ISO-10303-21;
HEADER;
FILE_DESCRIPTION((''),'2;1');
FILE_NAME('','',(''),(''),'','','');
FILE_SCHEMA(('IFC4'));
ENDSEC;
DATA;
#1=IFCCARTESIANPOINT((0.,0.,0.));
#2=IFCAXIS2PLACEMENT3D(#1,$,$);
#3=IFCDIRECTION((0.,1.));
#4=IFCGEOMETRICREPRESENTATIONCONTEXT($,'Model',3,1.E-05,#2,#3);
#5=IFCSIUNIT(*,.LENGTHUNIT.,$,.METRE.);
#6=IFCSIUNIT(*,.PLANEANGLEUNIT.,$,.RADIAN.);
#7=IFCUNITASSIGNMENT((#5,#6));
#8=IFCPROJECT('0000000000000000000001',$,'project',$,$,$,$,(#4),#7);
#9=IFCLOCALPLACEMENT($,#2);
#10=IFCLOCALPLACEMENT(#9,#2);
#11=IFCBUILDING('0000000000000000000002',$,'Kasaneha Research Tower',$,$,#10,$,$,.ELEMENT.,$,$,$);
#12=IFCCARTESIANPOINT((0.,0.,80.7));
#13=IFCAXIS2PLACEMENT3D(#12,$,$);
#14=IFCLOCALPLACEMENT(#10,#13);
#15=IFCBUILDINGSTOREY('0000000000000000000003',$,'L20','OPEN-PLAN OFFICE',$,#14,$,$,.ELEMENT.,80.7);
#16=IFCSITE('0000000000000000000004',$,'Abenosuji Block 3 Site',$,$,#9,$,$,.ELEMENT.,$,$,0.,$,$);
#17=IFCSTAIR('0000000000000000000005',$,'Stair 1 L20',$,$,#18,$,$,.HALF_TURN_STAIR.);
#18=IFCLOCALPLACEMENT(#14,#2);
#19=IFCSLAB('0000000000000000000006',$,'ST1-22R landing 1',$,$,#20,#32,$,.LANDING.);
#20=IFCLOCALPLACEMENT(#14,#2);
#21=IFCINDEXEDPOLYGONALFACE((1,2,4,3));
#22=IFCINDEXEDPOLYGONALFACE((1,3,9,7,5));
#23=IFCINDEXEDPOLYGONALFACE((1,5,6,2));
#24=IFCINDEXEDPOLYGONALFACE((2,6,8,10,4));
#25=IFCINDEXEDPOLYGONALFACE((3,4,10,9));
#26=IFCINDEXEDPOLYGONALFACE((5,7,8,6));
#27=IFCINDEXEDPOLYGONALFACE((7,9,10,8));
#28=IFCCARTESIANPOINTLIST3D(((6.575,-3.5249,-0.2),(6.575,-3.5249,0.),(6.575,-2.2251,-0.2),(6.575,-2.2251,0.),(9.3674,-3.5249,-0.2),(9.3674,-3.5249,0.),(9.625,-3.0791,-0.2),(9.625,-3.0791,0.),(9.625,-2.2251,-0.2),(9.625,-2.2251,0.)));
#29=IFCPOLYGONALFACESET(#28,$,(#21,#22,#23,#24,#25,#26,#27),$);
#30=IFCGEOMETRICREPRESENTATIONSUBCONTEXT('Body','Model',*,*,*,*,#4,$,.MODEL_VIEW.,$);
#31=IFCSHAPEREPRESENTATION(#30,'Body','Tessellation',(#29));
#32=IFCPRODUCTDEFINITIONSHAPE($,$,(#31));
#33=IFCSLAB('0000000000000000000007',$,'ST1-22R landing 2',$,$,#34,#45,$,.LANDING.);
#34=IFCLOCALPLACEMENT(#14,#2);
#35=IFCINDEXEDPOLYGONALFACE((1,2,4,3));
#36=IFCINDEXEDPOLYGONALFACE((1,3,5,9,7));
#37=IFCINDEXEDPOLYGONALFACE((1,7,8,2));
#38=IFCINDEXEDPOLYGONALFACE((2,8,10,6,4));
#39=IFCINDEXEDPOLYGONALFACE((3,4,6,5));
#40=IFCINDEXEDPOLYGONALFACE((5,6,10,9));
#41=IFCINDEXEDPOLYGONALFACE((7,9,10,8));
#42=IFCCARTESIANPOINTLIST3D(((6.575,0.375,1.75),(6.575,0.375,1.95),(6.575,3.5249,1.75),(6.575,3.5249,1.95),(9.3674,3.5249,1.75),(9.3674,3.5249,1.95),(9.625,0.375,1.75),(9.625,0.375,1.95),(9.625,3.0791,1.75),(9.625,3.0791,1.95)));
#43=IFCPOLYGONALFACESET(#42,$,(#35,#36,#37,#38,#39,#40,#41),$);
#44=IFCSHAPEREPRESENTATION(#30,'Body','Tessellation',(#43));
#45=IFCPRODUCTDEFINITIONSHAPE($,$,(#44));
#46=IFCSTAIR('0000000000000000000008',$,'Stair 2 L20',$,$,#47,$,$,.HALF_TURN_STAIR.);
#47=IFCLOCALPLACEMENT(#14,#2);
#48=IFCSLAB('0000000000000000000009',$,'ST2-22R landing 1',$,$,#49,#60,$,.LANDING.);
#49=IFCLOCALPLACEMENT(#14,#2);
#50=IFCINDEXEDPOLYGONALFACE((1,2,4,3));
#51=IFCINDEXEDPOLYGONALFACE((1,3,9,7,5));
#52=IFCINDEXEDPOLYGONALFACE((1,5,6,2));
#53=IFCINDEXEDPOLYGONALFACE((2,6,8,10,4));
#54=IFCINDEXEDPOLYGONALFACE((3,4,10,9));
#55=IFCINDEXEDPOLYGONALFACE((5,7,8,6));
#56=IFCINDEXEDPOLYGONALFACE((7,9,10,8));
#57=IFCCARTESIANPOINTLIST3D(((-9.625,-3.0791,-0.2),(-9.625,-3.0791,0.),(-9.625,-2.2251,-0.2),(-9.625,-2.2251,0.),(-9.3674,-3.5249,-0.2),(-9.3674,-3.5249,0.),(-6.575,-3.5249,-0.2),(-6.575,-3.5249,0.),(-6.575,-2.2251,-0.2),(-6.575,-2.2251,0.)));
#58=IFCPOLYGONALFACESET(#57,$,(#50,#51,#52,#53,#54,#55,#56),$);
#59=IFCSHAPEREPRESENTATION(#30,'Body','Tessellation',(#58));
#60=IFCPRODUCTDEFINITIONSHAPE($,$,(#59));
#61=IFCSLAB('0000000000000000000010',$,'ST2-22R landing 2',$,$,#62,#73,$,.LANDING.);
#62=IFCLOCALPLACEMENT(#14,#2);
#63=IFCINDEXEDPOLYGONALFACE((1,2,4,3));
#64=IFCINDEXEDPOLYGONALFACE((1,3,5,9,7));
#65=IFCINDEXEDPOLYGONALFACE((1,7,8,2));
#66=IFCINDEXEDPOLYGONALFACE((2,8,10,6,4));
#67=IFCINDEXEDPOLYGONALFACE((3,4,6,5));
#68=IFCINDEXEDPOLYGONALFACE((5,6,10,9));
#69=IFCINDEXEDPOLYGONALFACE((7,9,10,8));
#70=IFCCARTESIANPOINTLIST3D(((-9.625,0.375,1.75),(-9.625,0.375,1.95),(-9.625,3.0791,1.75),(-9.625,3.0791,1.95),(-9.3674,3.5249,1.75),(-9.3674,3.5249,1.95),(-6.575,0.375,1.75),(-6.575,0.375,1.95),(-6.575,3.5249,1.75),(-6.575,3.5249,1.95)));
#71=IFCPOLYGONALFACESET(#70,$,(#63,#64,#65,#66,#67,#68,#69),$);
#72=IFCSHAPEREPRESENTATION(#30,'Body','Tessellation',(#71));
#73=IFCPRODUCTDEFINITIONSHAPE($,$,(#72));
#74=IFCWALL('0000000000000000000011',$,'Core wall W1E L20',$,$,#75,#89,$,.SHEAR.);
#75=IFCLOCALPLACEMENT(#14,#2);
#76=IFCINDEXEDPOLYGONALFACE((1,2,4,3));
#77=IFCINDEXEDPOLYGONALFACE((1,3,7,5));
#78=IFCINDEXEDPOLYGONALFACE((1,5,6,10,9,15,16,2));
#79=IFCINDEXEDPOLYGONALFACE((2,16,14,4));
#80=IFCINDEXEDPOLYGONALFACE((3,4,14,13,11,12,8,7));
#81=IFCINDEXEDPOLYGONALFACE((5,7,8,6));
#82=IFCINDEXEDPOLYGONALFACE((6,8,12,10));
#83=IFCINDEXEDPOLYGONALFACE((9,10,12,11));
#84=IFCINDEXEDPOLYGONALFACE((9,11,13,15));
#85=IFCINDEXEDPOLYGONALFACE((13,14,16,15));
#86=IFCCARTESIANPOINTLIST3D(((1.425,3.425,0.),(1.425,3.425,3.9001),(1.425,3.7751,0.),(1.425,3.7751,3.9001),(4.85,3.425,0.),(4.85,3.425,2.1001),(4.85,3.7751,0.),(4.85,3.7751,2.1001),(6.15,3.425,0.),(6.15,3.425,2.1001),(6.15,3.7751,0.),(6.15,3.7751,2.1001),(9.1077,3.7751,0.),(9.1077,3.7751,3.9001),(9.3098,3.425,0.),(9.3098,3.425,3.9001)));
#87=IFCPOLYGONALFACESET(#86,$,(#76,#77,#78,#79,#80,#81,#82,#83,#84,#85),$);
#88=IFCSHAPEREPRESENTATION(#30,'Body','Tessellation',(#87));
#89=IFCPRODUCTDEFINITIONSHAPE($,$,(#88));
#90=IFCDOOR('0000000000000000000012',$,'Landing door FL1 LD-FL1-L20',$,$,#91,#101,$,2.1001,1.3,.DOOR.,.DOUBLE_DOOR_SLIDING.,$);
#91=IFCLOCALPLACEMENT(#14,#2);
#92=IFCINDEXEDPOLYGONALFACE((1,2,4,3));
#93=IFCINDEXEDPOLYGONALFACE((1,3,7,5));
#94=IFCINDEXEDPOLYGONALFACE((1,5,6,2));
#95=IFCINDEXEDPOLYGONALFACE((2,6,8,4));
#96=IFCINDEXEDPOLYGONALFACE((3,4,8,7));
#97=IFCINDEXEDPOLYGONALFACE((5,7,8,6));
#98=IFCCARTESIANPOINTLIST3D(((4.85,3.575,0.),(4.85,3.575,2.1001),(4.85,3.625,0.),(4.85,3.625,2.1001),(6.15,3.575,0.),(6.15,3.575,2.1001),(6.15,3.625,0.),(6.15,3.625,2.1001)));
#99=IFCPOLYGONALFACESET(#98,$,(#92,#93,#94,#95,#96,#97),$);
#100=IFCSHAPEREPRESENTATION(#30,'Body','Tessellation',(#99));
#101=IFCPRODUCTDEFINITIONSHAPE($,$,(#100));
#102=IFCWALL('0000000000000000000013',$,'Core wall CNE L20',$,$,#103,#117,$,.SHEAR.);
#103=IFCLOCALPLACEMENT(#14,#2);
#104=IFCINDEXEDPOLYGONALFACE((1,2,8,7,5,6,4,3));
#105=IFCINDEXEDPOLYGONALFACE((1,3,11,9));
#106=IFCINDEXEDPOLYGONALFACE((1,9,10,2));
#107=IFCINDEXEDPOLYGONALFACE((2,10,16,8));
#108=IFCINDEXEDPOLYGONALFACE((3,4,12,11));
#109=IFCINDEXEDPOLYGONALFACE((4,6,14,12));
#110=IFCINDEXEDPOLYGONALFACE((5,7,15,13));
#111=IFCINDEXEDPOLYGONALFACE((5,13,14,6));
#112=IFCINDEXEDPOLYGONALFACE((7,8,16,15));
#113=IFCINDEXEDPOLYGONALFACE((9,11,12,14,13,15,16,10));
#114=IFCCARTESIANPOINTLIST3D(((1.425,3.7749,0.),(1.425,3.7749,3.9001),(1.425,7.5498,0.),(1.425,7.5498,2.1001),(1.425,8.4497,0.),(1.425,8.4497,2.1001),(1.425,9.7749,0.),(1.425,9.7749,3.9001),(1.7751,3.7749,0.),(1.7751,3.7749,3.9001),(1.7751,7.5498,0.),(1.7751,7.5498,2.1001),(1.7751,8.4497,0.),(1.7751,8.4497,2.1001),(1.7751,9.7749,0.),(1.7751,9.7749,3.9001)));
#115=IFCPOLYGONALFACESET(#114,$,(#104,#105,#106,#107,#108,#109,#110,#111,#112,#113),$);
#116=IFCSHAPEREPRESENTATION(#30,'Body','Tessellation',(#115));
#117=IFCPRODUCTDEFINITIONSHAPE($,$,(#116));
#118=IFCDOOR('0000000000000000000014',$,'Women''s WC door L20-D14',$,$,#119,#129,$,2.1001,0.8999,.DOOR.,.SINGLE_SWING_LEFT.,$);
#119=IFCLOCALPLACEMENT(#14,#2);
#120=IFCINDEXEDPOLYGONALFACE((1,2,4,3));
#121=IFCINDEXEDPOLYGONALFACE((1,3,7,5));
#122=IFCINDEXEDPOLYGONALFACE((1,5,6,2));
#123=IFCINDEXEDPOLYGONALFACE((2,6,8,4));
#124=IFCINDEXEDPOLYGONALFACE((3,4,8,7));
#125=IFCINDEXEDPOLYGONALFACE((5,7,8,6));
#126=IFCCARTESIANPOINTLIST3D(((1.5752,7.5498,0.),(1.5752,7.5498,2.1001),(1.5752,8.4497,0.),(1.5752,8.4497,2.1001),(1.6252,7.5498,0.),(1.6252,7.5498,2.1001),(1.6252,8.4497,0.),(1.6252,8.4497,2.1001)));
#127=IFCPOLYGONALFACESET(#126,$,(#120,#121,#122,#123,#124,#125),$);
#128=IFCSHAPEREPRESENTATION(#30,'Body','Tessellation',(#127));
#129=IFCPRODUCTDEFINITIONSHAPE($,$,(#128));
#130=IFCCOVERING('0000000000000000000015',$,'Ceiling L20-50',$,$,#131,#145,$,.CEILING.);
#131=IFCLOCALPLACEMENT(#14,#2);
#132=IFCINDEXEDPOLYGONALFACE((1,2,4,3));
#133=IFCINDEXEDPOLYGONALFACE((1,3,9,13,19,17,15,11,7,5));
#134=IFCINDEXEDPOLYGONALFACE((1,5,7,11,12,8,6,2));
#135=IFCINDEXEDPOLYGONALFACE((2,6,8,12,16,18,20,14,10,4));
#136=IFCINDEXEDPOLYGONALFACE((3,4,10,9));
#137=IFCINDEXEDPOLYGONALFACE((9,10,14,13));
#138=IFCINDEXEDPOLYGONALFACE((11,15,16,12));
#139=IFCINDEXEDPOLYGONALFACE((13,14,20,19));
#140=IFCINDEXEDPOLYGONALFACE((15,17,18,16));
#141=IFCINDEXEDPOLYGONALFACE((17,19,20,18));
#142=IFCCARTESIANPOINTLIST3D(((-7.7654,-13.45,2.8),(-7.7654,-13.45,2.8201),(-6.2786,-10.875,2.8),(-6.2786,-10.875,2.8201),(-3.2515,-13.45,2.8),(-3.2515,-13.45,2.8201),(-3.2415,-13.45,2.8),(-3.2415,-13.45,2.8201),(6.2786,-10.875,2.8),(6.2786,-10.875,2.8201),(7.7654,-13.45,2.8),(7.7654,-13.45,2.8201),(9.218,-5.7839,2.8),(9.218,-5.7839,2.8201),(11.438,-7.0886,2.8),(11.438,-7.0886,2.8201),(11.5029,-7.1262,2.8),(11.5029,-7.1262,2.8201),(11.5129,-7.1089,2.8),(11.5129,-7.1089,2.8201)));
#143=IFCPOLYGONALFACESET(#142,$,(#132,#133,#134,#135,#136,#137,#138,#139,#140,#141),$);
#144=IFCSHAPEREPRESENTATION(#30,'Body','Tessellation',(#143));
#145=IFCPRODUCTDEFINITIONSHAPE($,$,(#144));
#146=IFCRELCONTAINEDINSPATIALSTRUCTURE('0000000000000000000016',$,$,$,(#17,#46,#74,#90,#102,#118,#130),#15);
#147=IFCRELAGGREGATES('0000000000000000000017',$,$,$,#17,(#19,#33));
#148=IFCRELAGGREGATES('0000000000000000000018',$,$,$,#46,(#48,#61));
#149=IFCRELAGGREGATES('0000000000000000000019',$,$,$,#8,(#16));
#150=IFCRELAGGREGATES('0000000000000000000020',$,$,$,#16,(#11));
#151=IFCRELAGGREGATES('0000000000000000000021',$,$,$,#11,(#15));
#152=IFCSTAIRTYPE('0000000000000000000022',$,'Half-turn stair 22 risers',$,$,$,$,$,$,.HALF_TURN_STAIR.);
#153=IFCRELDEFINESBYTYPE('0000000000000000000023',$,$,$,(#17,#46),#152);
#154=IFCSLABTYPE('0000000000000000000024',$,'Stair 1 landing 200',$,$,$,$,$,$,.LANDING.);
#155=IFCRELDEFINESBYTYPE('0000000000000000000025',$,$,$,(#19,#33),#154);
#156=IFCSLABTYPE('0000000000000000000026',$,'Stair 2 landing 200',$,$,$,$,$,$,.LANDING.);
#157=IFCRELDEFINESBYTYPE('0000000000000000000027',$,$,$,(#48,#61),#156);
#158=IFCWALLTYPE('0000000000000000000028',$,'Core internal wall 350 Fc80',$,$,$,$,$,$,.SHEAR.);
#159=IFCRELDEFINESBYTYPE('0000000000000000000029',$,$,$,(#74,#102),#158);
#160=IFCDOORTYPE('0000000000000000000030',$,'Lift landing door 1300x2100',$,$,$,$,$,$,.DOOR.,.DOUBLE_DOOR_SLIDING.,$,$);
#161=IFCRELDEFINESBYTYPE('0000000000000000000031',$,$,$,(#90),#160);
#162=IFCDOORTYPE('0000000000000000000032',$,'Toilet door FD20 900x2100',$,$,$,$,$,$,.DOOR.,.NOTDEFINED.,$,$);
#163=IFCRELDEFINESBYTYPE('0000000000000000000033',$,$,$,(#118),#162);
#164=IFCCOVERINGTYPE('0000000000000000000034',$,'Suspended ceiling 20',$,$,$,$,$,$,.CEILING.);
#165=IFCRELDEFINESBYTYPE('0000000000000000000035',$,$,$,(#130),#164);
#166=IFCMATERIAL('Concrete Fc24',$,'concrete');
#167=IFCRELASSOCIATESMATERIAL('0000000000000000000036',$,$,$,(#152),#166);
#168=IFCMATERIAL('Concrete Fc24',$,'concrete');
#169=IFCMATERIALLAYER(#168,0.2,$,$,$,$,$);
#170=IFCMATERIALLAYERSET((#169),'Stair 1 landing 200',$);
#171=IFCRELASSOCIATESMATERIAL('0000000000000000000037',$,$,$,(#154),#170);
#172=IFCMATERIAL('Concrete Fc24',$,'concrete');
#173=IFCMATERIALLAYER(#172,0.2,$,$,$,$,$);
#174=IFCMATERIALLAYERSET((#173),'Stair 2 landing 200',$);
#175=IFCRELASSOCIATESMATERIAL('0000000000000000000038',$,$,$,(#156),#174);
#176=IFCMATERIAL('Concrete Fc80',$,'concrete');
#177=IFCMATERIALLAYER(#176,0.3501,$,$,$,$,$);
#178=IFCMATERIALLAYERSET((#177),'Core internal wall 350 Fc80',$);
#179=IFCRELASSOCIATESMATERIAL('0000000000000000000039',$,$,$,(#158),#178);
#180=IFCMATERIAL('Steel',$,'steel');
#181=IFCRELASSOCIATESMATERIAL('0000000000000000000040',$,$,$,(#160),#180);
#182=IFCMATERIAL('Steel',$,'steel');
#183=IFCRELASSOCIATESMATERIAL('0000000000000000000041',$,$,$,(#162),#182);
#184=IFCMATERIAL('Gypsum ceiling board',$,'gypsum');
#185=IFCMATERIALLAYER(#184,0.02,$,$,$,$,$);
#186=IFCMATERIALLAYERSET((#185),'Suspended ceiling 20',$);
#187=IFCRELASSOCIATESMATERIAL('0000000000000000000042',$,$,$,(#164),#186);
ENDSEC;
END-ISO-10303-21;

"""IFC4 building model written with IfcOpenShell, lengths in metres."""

from ifc_helpers import new_model, si_unit, direction, frame, frame_2d, origin, place, context, subcontext, project, spatial, polyline, rectangle, outline, extrude, material, layer, layer_set, type_object, element, fill, aggregate, save


model = new_model("IFC4")

# Units and contexts
model_context = context("Model", 3, precision=1e-05, world=origin(), true_north=direction((0.0, 1.0)))
body_context = subcontext(model_context, "Body", "Model", "MODEL_VIEW")
ifc_project = project(units=[si_unit("LENGTHUNIT", "METRE"), si_unit("PLANEANGLEUNIT", "RADIAN")], contexts=[model_context])

# Site, building, storey
site_placement = place(None, origin())
site = spatial("IfcSite", under=ifc_project, at=site_placement, Name="Abenosuji Block 3 Site", CompositionType="ELEMENT", RefElevation=0.0)
building_placement = place(site_placement, origin())
building = spatial("IfcBuilding", under=site, at=building_placement, Name="Kasaneha Research Tower", CompositionType="ELEMENT")
storey_placement = place(building_placement, frame((0.0, 0.0, 80.7)))
storey = spatial("IfcBuildingStorey", under=building, at=storey_placement, Name="L20", Description="OPEN-PLAN OFFICE", CompositionType="ELEMENT", Elevation=80.7)

# Stairs, slabs
ifc_material_1 = material(Name="Concrete Fc24", Category="concrete")
stair_type = type_object("IfcStairType", Name="Half-turn stair 22 risers", PredefinedType="HALF_TURN_STAIR", material=ifc_material_1)
stair_1_placement = place(storey_placement, origin())
stair_1 = element("IfcStair", 1, at=stair_1_placement, inside=storey, type_object=stair_type, Name="Stair 1 L20", PredefinedType="HALF_TURN_STAIR")
ifc_material_2 = material(Name="Concrete Fc24", Category="concrete")
ifc_layer_1 = layer(ifc_material_2, 0.2)
ifc_layer_set_1 = layer_set([ifc_layer_1], Name="Stair 1 landing 200")
slab_type_1 = type_object("IfcSlabType", Name="Stair 1 landing 200", PredefinedType="LANDING", material=ifc_layer_set_1)
slab_1_placement = place(storey_placement, frame((0.0, 0.0, -0.2)))
slab_1 = element("IfcSlab", 2, at=slab_1_placement, type_object=slab_type_1, Name="ST1-22R landing 1", PredefinedType="LANDING", context=body_context, shape_type="SweptSolid", body=[
    extrude(outline(polyline([(9.3674, -3.5249), (6.575, -3.5249), (6.575, -2.2251), (9.625, -2.2251), (9.625, -3.0791), (9.3674, -3.5249)])), origin(), (0.0, 0.0, 1.0), 0.2),
])
slab_2_placement = place(storey_placement, frame((0.0, 0.0, 1.75)))
slab_2 = element("IfcSlab", 3, at=slab_2_placement, type_object=slab_type_1, Name="ST1-22R landing 2", PredefinedType="LANDING", context=body_context, shape_type="SweptSolid", body=[
    extrude(outline(polyline([(6.575, 3.5249), (9.3674, 3.5249), (9.625, 3.0791), (9.625, 0.375), (6.575, 0.375), (6.575, 3.5249)])), origin(), (0.0, 0.0, 1.0), 0.2),
])
aggregate(stair_1, [slab_1, slab_2])
stair_2_placement = place(storey_placement, origin())
stair_2 = element("IfcStair", 4, at=stair_2_placement, inside=storey, type_object=stair_type, Name="Stair 2 L20", PredefinedType="HALF_TURN_STAIR")
ifc_material_3 = material(Name="Concrete Fc24", Category="concrete")
ifc_layer_2 = layer(ifc_material_3, 0.2)
ifc_layer_set_2 = layer_set([ifc_layer_2], Name="Stair 2 landing 200")
slab_type_2 = type_object("IfcSlabType", Name="Stair 2 landing 200", PredefinedType="LANDING", material=ifc_layer_set_2)
slab_3_placement = place(storey_placement, frame((0.0, 0.0, -0.2)))
slab_3 = element("IfcSlab", 5, at=slab_3_placement, type_object=slab_type_2, Name="ST2-22R landing 1", PredefinedType="LANDING", context=body_context, shape_type="SweptSolid", body=[
    extrude(outline(polyline([(-6.575, -3.5249), (-9.3674, -3.5249), (-9.625, -3.0791), (-9.625, -2.2251), (-6.575, -2.2251), (-6.575, -3.5249)])), origin(), (0.0, 0.0, 1.0), 0.2),
])
slab_4_placement = place(storey_placement, frame((0.0, 0.0, 1.75)))
slab_4 = element("IfcSlab", 6, at=slab_4_placement, type_object=slab_type_2, Name="ST2-22R landing 2", PredefinedType="LANDING", context=body_context, shape_type="SweptSolid", body=[
    extrude(outline(polyline([(-6.575, 0.375), (-9.625, 0.375), (-9.625, 3.0791), (-9.3674, 3.5249), (-6.575, 3.5249), (-6.575, 0.375)])), origin(), (0.0, 0.0, 1.0), 0.2),
])
aggregate(stair_2, [slab_3, slab_4])

# Walls, openings, doors
ifc_material_4 = material(Name="Concrete Fc80", Category="concrete")
ifc_layer_3 = layer(ifc_material_4, 0.3501)
ifc_layer_set_3 = layer_set([ifc_layer_3], Name="Core internal wall 350 Fc80")
wall_type = type_object("IfcWallType", Name="Core internal wall 350 Fc80", PredefinedType="SHEAR", material=ifc_layer_set_3)
wall_1_placement = place(storey_placement, frame((1.425, 3.6001, 0.0), z_axis=(0.0, 0.0, 1.0), x_axis=(1.0, 0.0, 0.0)))
wall_1 = element("IfcWall", 7, at=wall_1_placement, inside=storey, type_object=wall_type, Name="Core wall W1E L20", PredefinedType="SHEAR", context=body_context, shape_type="SweptSolid", body=[
    extrude(outline(polyline([(0.0, -0.175), (3.425, -0.175), (4.7251, -0.175), (7.8848, -0.175), (7.6826, 0.175), (4.7251, 0.175), (3.425, 0.175), (0.0, 0.175), (0.0, -0.175)])), origin(), (0.0, 0.0, 1.0), 3.9001),
])
opening_1_placement = place(wall_1_placement, frame((3.425, 0.0, 0.0)))
opening_1 = element("IfcOpeningElement", 8, at=opening_1_placement, cuts=wall_1, PredefinedType="OPENING", context=body_context, shape_type="SweptSolid", body=[
    extrude(rectangle(XDim=1.3, YDim=2.1001, at=frame_2d((0.6499, 1.05))), frame((0.0, 0.1851, 0.0), z_axis=(0.0, -1.0, 0.0), x_axis=(1.0, 0.0, 0.0)), (0.0, 0.0, 1.0), 0.3701),
])
ifc_material_5 = material(Name="Steel", Category="steel")
door_type_1 = type_object("IfcDoorType", Name="Lift landing door 1300x2100", OperationType="DOUBLE_DOOR_SLIDING", PredefinedType="DOOR", material=ifc_material_5)
door_1_placement = place(opening_1_placement, origin())
door_1 = element("IfcDoor", 9, at=door_1_placement, inside=storey, type_object=door_type_1, Name="Landing door FL1 LD-FL1-L20", OperationType="DOUBLE_DOOR_SLIDING", OverallHeight=2.1001, OverallWidth=1.3, PredefinedType="DOOR", context=body_context, shape_type="SweptSolid", body=[
    extrude(rectangle(XDim=1.3, YDim=2.1001, at=frame_2d((0.6499, 1.05))), frame((0.0, 0.0249, 0.0), z_axis=(0.0, -1.0, 0.0), x_axis=(1.0, 0.0, 0.0)), (0.0, 0.0, 1.0), 0.05),
])
fill(opening_1, door_1)
wall_2_placement = place(storey_placement, frame((1.6001, 3.7749, 0.0), z_axis=(0.0, 0.0, 1.0), x_axis=(0.0, 1.0, 0.0)))
wall_2 = element("IfcWall", 10, at=wall_2_placement, inside=storey, type_object=wall_type, Name="Core wall CNE L20", PredefinedType="SHEAR", context=body_context, shape_type="SweptSolid", body=[
    extrude(rectangle(XDim=6.0, YDim=0.3501, at=frame_2d((3.0, 0.0))), origin(), (0.0, 0.0, 1.0), 3.9001),
])
opening_2_placement = place(wall_2_placement, frame((3.7749, 0.0, 0.0)))
opening_2 = element("IfcOpeningElement", 11, at=opening_2_placement, cuts=wall_2, PredefinedType="OPENING", context=body_context, shape_type="SweptSolid", body=[
    extrude(rectangle(XDim=0.8999, YDim=2.1001, at=frame_2d((0.45, 1.05))), frame((0.0, 0.1851, 0.0), z_axis=(0.0, -1.0, 0.0), x_axis=(1.0, 0.0, 0.0)), (0.0, 0.0, 1.0), 0.3701),
])
ifc_material_6 = material(Name="Steel", Category="steel")
door_type_2 = type_object("IfcDoorType", Name="Toilet door FD20 900x2100", OperationType="NOTDEFINED", PredefinedType="DOOR", material=ifc_material_6)
door_2_placement = place(opening_2_placement, origin())
door_2 = element("IfcDoor", 12, at=door_2_placement, inside=storey, type_object=door_type_2, Name="Women's WC door L20-D14", OperationType="SINGLE_SWING_LEFT", OverallHeight=2.1001, OverallWidth=0.8999, PredefinedType="DOOR", context=body_context, shape_type="SweptSolid", body=[
    extrude(rectangle(XDim=0.8999, YDim=2.1001, at=frame_2d((0.45, 1.05))), frame((0.0, 0.0249, 0.0), z_axis=(0.0, -1.0, 0.0), x_axis=(1.0, 0.0, 0.0)), (0.0, 0.0, 1.0), 0.05),
])
fill(opening_2, door_2)

# Covering
ifc_material_7 = material(Name="Gypsum ceiling board", Category="gypsum")
ifc_layer_4 = layer(ifc_material_7, 0.02)
ifc_layer_set_4 = layer_set([ifc_layer_4], Name="Suspended ceiling 20")
covering_type_1 = type_object("IfcCoveringType", Name="Suspended ceiling 20", PredefinedType="CEILING", material=ifc_layer_set_4)
covering_1_placement = place(storey_placement, frame((0.0, 0.0, 2.8)))
element("IfcCovering", 13, at=covering_1_placement, inside=storey, type_object=covering_type_1, Name="Ceiling L20-50", PredefinedType="CEILING", context=body_context, shape_type="SweptSolid", body=[
    extrude(outline(polyline([(-6.2786, -10.875), (6.2786, -10.875), (9.218, -5.7839), (11.5129, -7.1089), (11.5029, -7.1262), (11.438, -7.0886), (7.7654, -13.45), (-3.2415, -13.45), (-3.2515, -13.45), (-7.7654, -13.45), (-7.7654, -13.45), (-6.2786, -10.875)])), origin(), (0.0, 0.0, 1.0), 0.02),
])

save(model, "model.ifc")
